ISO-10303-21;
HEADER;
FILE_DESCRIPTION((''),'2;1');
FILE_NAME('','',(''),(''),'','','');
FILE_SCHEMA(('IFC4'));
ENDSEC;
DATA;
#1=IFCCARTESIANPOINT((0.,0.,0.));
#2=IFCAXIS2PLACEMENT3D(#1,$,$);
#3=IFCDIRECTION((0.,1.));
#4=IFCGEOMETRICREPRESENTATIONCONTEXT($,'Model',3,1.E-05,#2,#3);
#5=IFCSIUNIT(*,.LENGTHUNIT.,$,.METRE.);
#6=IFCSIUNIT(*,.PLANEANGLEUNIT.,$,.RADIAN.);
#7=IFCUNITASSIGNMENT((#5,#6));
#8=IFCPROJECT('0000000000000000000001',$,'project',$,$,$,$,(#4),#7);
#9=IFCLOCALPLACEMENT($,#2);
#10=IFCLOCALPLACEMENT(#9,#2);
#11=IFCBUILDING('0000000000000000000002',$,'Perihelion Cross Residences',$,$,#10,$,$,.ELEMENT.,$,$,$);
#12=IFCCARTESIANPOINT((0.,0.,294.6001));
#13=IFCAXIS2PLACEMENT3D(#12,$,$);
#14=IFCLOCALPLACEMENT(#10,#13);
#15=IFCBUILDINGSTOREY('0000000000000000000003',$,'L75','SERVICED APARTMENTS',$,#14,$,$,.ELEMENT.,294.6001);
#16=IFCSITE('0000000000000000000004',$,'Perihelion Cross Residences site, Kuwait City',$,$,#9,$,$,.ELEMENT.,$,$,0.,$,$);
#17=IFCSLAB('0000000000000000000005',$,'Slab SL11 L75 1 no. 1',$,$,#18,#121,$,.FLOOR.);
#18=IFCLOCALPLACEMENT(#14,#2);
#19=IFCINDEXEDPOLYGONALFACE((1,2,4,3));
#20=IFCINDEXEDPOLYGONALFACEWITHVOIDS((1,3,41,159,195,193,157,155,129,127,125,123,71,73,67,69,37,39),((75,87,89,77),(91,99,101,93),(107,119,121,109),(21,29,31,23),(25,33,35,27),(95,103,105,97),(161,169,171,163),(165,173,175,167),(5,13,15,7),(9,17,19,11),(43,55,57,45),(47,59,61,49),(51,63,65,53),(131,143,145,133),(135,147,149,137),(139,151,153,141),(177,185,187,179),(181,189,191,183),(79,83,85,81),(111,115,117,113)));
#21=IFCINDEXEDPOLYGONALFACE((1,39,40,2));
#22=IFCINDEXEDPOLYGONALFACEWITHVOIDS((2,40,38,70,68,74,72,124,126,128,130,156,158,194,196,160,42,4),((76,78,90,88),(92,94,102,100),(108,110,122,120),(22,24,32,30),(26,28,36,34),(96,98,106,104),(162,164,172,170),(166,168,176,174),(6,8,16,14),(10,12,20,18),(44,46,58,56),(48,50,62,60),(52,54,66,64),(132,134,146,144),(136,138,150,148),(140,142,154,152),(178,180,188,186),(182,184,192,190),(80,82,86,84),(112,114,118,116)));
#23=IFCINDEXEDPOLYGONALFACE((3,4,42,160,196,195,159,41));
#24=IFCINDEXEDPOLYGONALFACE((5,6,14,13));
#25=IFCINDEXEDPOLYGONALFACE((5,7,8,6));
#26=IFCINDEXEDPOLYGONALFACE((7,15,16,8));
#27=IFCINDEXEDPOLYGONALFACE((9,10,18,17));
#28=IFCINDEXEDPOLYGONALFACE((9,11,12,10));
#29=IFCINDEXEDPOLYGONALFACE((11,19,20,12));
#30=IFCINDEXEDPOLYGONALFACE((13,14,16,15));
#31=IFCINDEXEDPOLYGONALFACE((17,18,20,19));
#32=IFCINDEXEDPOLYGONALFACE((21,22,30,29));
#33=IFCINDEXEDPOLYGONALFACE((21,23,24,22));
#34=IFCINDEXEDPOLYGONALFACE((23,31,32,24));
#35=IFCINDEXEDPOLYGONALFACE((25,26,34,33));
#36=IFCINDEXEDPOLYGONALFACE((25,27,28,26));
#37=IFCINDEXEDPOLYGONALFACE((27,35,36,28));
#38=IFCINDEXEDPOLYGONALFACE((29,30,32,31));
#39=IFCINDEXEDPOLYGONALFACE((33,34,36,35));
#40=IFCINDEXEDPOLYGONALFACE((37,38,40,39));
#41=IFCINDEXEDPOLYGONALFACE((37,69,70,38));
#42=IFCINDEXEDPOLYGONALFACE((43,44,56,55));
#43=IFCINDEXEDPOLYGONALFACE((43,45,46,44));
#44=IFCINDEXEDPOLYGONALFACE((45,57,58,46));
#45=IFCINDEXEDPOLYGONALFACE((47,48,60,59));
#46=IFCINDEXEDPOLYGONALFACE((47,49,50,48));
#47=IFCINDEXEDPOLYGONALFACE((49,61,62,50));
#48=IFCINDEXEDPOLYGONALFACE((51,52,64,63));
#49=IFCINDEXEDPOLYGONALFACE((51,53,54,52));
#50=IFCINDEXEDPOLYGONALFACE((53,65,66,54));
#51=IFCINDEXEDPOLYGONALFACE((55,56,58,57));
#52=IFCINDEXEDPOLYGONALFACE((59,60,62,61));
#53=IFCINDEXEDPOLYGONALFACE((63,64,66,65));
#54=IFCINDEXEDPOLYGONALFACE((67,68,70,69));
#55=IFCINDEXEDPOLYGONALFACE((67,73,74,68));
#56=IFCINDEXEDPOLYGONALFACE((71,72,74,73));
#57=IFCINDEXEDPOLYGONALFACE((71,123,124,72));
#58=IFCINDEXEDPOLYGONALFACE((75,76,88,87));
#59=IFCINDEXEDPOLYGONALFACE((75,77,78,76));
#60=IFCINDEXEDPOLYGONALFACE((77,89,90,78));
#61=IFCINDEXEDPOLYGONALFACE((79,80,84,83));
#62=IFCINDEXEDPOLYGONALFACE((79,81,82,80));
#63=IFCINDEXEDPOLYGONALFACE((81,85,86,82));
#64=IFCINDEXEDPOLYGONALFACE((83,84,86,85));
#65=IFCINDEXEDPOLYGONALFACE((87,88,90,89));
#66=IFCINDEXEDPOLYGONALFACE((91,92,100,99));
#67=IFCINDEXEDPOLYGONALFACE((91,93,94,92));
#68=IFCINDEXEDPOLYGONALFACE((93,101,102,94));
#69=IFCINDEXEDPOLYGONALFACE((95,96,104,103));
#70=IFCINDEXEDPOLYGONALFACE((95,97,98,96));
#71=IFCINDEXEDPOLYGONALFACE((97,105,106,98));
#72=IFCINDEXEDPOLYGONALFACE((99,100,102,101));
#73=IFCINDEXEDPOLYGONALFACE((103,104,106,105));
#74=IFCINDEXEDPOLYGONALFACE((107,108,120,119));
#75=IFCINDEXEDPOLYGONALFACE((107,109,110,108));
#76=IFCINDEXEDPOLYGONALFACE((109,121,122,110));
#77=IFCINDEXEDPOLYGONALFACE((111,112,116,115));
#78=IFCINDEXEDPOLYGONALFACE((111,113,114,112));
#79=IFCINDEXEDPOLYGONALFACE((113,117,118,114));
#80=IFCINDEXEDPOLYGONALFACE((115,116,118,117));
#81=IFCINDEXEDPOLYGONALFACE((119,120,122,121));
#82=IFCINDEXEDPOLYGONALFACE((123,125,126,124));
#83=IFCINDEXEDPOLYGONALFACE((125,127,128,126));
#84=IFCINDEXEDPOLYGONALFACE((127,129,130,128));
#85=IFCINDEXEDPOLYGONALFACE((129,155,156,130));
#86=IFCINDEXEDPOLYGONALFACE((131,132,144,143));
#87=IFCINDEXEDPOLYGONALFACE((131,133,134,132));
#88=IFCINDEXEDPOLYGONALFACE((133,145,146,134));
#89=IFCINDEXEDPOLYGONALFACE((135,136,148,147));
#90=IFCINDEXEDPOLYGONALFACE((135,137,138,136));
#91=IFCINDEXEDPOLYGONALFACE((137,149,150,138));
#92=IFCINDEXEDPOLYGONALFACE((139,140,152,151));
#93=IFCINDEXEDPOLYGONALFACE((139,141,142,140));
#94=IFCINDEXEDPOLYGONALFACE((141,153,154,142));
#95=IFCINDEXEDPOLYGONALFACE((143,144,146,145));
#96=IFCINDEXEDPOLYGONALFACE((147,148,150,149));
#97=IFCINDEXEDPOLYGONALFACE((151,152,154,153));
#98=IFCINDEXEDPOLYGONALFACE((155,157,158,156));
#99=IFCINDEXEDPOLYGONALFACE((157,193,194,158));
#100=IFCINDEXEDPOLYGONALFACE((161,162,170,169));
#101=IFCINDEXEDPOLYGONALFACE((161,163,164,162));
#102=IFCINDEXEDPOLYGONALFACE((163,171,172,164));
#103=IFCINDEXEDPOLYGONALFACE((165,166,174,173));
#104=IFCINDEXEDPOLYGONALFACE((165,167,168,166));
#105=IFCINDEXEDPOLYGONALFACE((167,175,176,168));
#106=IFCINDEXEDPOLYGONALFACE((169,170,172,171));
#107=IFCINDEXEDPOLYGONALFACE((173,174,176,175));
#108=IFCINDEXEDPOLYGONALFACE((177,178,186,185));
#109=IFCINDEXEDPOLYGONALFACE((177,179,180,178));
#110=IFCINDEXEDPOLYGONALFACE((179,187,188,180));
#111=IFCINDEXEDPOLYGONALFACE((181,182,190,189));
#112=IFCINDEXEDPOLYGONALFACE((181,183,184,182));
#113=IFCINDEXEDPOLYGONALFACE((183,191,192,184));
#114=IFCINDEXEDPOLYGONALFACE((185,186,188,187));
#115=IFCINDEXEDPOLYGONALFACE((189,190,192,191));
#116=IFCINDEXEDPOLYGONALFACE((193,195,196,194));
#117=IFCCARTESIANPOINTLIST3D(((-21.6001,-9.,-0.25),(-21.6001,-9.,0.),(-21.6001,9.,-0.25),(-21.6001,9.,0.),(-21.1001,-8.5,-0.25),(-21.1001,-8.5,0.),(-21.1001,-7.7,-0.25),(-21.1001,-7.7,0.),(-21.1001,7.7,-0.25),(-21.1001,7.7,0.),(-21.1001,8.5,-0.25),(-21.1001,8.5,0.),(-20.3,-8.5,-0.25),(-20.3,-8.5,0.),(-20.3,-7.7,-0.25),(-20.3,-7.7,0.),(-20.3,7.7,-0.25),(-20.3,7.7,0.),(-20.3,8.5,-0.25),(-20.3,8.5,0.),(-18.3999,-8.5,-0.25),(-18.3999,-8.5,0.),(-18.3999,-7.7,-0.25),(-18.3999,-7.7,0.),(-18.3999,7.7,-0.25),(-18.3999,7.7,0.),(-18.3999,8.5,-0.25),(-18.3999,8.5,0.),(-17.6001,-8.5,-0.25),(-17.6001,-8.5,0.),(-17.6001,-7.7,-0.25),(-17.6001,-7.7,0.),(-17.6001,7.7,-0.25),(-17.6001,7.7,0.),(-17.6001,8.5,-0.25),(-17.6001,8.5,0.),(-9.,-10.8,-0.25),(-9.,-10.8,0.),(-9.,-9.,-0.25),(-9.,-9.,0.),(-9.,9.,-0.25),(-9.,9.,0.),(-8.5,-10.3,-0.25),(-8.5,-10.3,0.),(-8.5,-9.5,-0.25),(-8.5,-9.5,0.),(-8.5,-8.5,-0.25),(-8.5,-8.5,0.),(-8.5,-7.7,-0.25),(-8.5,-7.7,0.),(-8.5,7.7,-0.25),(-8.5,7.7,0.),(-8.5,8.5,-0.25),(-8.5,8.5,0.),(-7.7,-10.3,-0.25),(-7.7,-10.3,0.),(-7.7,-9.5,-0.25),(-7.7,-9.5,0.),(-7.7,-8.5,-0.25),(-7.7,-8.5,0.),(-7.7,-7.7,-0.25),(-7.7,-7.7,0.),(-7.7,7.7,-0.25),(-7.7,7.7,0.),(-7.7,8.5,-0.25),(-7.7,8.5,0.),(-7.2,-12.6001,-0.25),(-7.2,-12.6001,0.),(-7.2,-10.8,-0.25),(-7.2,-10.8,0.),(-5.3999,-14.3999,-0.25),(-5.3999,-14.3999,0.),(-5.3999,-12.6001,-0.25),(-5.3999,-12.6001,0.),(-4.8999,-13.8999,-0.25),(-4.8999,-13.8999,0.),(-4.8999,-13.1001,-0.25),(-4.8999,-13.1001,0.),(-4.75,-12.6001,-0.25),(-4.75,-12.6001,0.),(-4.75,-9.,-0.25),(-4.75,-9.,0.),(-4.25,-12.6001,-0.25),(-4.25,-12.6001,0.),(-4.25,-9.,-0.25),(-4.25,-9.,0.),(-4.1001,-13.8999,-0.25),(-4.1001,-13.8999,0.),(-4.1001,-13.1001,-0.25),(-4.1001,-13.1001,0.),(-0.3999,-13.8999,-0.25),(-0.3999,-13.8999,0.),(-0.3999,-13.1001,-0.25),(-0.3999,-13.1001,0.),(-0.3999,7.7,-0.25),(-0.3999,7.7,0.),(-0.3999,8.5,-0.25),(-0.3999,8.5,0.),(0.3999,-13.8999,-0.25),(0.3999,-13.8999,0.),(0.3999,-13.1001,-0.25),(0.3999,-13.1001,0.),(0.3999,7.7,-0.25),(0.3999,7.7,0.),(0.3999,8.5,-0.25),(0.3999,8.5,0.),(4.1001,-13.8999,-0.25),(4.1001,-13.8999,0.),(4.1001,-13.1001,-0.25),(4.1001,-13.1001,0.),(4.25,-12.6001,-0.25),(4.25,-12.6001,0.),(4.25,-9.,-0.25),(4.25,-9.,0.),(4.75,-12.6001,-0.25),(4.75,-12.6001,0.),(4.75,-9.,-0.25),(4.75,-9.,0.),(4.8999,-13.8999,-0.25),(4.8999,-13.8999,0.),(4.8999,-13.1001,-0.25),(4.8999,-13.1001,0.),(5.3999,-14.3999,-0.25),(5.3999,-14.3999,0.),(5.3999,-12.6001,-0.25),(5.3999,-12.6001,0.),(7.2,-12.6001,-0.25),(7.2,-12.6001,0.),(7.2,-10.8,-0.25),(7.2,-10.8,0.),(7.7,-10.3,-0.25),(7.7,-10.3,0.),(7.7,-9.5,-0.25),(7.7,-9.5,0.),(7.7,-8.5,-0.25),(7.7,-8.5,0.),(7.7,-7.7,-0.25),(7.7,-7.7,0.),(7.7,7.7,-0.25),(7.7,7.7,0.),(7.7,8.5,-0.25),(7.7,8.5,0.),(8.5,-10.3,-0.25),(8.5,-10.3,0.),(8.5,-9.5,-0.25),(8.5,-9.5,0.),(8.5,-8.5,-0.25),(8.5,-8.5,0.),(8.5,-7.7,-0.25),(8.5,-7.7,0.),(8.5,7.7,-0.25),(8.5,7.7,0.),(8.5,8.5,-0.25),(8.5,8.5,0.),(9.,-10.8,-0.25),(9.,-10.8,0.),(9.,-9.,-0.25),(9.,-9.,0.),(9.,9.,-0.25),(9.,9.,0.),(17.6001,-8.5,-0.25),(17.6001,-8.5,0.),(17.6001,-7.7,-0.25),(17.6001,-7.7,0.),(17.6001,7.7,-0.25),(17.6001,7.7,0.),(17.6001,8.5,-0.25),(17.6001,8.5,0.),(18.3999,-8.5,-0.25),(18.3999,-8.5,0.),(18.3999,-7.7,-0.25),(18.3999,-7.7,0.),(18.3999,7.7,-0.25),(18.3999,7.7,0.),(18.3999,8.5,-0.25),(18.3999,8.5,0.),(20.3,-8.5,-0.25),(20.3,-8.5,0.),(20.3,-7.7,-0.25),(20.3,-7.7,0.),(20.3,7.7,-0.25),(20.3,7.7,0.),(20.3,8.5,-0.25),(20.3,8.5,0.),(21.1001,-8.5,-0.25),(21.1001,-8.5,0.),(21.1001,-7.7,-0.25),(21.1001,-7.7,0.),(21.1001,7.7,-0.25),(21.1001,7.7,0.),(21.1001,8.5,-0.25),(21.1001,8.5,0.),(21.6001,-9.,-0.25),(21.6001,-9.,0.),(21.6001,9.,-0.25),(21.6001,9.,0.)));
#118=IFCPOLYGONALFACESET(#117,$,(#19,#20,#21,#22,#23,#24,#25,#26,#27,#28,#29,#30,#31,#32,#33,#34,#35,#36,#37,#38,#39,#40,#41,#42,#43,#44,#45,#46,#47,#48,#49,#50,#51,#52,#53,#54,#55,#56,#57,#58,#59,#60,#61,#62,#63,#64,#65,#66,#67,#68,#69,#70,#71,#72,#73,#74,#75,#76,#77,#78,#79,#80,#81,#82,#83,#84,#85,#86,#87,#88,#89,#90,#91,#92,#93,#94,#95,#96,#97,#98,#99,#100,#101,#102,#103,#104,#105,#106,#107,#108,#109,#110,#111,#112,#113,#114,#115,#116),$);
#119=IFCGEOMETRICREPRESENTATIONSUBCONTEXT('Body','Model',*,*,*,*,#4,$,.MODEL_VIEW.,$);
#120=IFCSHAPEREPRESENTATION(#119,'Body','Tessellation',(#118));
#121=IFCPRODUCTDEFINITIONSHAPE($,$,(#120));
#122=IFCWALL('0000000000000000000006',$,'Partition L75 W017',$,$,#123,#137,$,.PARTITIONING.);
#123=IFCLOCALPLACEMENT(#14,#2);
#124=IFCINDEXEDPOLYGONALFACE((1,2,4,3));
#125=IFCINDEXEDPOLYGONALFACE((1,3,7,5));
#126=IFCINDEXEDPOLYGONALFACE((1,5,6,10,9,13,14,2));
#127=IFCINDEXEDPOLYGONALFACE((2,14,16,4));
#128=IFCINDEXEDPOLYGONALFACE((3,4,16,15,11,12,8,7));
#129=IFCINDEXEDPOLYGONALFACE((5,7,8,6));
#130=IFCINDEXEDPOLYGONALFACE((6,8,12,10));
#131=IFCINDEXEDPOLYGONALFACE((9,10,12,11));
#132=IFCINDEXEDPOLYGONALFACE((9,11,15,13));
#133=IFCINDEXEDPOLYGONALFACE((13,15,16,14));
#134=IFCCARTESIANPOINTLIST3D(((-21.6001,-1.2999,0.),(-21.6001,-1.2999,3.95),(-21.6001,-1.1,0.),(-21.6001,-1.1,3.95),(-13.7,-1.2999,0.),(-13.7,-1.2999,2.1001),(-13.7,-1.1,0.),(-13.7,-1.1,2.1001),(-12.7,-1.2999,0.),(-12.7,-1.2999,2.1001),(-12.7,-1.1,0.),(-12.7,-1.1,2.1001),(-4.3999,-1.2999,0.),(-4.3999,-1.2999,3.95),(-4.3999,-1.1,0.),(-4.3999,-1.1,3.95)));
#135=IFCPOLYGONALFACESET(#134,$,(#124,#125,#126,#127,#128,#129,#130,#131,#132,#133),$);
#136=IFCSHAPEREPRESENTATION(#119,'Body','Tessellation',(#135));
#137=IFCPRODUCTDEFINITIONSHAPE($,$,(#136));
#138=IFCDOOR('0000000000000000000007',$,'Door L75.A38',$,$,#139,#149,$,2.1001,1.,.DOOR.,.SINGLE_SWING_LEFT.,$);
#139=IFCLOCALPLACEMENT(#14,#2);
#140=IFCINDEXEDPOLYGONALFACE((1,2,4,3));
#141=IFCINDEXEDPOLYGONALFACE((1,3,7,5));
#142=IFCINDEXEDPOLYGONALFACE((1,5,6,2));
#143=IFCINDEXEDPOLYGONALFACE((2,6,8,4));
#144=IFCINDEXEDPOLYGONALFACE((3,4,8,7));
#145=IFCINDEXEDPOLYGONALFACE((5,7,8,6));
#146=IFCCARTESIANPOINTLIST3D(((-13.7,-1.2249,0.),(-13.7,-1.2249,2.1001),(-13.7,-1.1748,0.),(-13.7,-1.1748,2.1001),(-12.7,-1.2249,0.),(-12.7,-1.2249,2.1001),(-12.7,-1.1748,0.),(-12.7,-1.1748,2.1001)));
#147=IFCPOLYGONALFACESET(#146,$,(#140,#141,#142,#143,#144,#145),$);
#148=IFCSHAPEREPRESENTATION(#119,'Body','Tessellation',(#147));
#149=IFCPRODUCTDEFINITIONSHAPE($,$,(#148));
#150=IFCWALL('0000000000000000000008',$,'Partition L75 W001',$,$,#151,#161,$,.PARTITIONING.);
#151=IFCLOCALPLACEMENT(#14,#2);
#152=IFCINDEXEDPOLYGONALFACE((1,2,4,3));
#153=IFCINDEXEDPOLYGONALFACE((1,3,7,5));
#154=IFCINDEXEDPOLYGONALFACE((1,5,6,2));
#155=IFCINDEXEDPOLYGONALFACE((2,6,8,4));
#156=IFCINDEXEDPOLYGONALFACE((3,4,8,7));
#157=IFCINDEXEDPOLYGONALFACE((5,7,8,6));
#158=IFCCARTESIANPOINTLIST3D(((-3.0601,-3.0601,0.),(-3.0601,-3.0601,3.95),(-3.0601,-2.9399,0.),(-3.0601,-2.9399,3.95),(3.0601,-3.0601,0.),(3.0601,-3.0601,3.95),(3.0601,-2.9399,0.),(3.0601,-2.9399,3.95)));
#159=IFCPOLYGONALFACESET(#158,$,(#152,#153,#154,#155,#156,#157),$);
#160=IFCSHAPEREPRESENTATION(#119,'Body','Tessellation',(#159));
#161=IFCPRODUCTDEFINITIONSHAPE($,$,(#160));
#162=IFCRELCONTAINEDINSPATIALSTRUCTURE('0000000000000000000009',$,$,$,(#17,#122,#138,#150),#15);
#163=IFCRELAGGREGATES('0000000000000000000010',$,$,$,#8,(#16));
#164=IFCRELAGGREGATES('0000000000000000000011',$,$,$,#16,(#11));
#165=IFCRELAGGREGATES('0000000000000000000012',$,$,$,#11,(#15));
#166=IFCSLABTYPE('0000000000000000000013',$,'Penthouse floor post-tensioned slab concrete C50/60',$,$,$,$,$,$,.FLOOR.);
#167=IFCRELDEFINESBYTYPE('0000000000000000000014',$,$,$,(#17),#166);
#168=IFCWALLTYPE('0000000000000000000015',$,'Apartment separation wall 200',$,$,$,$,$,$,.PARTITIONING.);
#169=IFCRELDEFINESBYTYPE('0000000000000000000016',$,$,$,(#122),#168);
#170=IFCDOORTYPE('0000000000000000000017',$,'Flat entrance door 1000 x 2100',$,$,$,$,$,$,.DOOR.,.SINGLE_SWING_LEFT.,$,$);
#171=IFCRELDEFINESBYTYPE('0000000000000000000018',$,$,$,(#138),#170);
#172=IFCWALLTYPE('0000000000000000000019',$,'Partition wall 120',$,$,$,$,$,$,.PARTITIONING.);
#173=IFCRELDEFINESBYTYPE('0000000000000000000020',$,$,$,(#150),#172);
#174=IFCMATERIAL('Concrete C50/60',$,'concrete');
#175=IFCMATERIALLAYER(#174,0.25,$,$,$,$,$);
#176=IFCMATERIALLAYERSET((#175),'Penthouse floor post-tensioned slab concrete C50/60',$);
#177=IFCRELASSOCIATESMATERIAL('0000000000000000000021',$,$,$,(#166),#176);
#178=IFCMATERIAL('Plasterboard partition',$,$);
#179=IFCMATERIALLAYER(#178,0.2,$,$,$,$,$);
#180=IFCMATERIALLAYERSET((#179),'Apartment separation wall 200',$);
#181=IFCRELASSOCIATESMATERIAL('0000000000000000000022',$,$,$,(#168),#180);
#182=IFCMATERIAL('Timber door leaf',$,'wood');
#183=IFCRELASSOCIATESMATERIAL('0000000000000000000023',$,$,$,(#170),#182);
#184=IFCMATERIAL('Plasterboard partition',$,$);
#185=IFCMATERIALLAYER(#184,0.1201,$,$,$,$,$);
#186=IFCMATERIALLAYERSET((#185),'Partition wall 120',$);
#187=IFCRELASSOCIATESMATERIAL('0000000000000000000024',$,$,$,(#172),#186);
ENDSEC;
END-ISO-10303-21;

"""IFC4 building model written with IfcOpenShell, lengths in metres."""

from ifc_helpers import new_model, si_unit, direction, frame, frame_2d, origin, place, context, subcontext, project, spatial, polyline, rectangle, outline, extrude, material, layer, layer_set, type_object, element, fill, save


model = new_model("IFC4")

# Units and contexts
model_context = context("Model", 3, precision=1e-05, world=origin(), true_north=direction((0.0, 1.0)))
body_context = subcontext(model_context, "Body", "Model", "MODEL_VIEW")
ifc_project = project(units=[si_unit("LENGTHUNIT", "METRE"), si_unit("PLANEANGLEUNIT", "RADIAN")], contexts=[model_context])

# Site, building, storey
site_placement = place(None, origin())
site = spatial("IfcSite", under=ifc_project, at=site_placement, Name="Perihelion Cross Residences site, Kuwait City", CompositionType="ELEMENT", RefElevation=0.0)
building_placement = place(site_placement, origin())
building = spatial("IfcBuilding", under=site, at=building_placement, Name="Perihelion Cross Residences", CompositionType="ELEMENT")
storey_placement = place(building_placement, frame((0.0, 0.0, 294.6001)))
storey = spatial("IfcBuildingStorey", under=building, at=storey_placement, Name="L75", Description="SERVICED APARTMENTS", CompositionType="ELEMENT", Elevation=294.6001)

# Slab
ifc_material_1 = material(Name="Concrete C50/60", Category="concrete")
ifc_layer_1 = layer(ifc_material_1, 0.25)
ifc_layer_set_1 = layer_set([ifc_layer_1], Name="Penthouse floor post-tensioned slab concrete C50/60")
slab_type_1 = type_object("IfcSlabType", Name="Penthouse floor post-tensioned slab concrete C50/60", PredefinedType="FLOOR", material=ifc_layer_set_1)
slab_1_placement = place(storey_placement, frame((0.0, 0.0, -0.25)))
element("IfcSlab", 1, at=slab_1_placement, inside=storey, type_object=slab_type_1, Name="Slab SL11 L75 1 no. 1", PredefinedType="FLOOR", context=body_context, shape_type="SweptSolid", body=[
    extrude(outline(polyline([(-9.0, 9.0), (9.0, 9.0), (21.6001, 9.0), (21.6001, -9.0), (9.0, -9.0), (9.0, -10.8), (7.2, -10.8), (7.2, -12.6001), (5.3999, -12.6001), (5.3999, -14.3999), (-5.3999, -14.3999), (-5.3999, -12.6001), (-7.2, -12.6001), (-7.2, -10.8), (-9.0, -10.8), (-9.0, -9.0), (-21.6001, -9.0), (-21.6001, 9.0), (-9.0, 9.0)]), holes=[polyline([(-4.1001, -13.1001), (-4.8999, -13.1001), (-4.8999, -13.8999), (-4.1001, -13.8999), (-4.1001, -13.1001)]), polyline([(0.3999, -13.1001), (-0.3999, -13.1001), (-0.3999, -13.8999), (0.3999, -13.8999), (0.3999, -13.1001)]), polyline([(-4.25, -9.0), (-4.75, -9.0), (-4.75, -12.6001), (-4.25, -12.6001), (-4.25, -9.0)]), polyline([(-7.7, -10.3), (-7.7, -9.5), (-8.5, -9.5), (-8.5, -10.3), (-7.7, -10.3)]), polyline([(-20.3, -8.5), (-20.3, -7.7), (-21.1001, -7.7), (-21.1001, -8.5), (-20.3, -8.5)]), polyline([(-17.6001, -7.7), (-18.3999, -7.7), (-18.3999, -8.5), (-17.6001, -8.5), (-17.6001, -7.7)]), polyline([(-7.7, -8.5), (-7.7, -7.7), (-8.5, -7.7), (-8.5, -8.5), (-7.7, -8.5)]), polyline([(-20.3, 8.5), (-21.1001, 8.5), (-21.1001, 7.7), (-20.3, 7.7), (-20.3, 8.5)]), polyline([(-17.6001, 7.7), (-17.6001, 8.5), (-18.3999, 8.5), (-18.3999, 7.7), (-17.6001, 7.7)]), polyline([(-7.7, 7.7), (-7.7, 8.5), (-8.5, 8.5), (-8.5, 7.7), (-7.7, 7.7)]), polyline([(4.8999, -13.1001), (4.1001, -13.1001), (4.1001, -13.8999), (4.8999, -13.8999), (4.8999, -13.1001)]), polyline([(4.75, -9.0), (4.25, -9.0), (4.25, -12.6001), (4.75, -12.6001), (4.75, -9.0)]), polyline([(8.5, -9.5), (7.7, -9.5), (7.7, -10.3), (8.5, -10.3), (8.5, -9.5)]), polyline([(8.5, -8.5), (8.5, -7.7), (7.7, -7.7), (7.7, -8.5), (8.5, -8.5)]), polyline([(18.3999, -8.5), (18.3999, -7.7), (17.6001, -7.7), (17.6001, -8.5), (18.3999, -8.5)]), polyline([(21.1001, -7.7), (20.3, -7.7), (20.3, -8.5), (21.1001, -8.5), (21.1001, -7.7)]), polyline([(0.3999, 7.7), (0.3999, 8.5), (-0.3999, 8.5), (-0.3999, 7.7), (0.3999, 7.7)]), polyline([(8.5, 8.5), (7.7, 8.5), (7.7, 7.7), (8.5, 7.7), (8.5, 8.5)]), polyline([(18.3999, 7.7), (18.3999, 8.5), (17.6001, 8.5), (17.6001, 7.7), (18.3999, 7.7)]), polyline([(21.1001, 7.7), (21.1001, 8.5), (20.3, 8.5), (20.3, 7.7), (21.1001, 7.7)])]), origin(), (0.0, 0.0, 1.0), 0.25),
])

# Wall, opening, door
ifc_material_2 = material(Name="Plasterboard partition")
ifc_layer_2 = layer(ifc_material_2, 0.2)
ifc_layer_set_2 = layer_set([ifc_layer_2], Name="Apartment separation wall 200")
wall_type_1 = type_object("IfcWallType", Name="Apartment separation wall 200", PredefinedType="PARTITIONING", material=ifc_layer_set_2)
wall_1_placement = place(storey_placement, frame((-4.3999, -1.2, 0.0), z_axis=(0.0, 0.0, 1.0), x_axis=(-1.0, 0.0, 0.0)))
wall_1 = element("IfcWall", 2, at=wall_1_placement, inside=storey, type_object=wall_type_1, Name="Partition L75 W017", PredefinedType="PARTITIONING", context=body_context, shape_type="SweptSolid", body=[
    extrude(rectangle(XDim=17.2002, YDim=0.2, at=frame_2d((8.6001, 0.0))), origin(), (0.0, 0.0, 1.0), 3.95),
])
opening_1_placement = place(wall_1_placement, frame((8.3, 0.0, 0.0)))
opening_1 = element("IfcOpeningElement", 3, at=opening_1_placement, cuts=wall_1, PredefinedType="OPENING", context=body_context, shape_type="SweptSolid", body=[
    extrude(rectangle(XDim=1.0, YDim=2.1001, at=frame_2d((0.5, 1.05))), frame((0.0, 0.1099, 0.0), z_axis=(0.0, -1.0, 0.0), x_axis=(1.0, 0.0, 0.0)), (0.0, 0.0, 1.0), 0.22),
])
ifc_material_3 = material(Name="Timber door leaf", Category="wood")
door_type_1 = type_object("IfcDoorType", Name="Flat entrance door 1000 x 2100", OperationType="SINGLE_SWING_LEFT", PredefinedType="DOOR", material=ifc_material_3)
door_1_placement = place(opening_1_placement, origin())
door_1 = element("IfcDoor", 4, at=door_1_placement, inside=storey, type_object=door_type_1, Name="Door L75.A38", OperationType="SINGLE_SWING_LEFT", OverallHeight=2.1001, OverallWidth=1.0, PredefinedType="DOOR", context=body_context, shape_type="SweptSolid", body=[
    extrude(rectangle(XDim=1.0, YDim=2.1001, at=frame_2d((0.5, 1.05))), frame((0.0, 0.0249, 0.0), z_axis=(0.0, -1.0, 0.0), x_axis=(1.0, 0.0, 0.0)), (0.0, 0.0, 1.0), 0.05),
])
fill(opening_1, door_1)

# Wall
ifc_material_4 = material(Name="Plasterboard partition")
ifc_layer_3 = layer(ifc_material_4, 0.1201)
ifc_layer_set_3 = layer_set([ifc_layer_3], Name="Partition wall 120")
wall_type_2 = type_object("IfcWallType", Name="Partition wall 120", PredefinedType="PARTITIONING", material=ifc_layer_set_3)
wall_2_placement = place(storey_placement, frame((-3.0601, -3.0, 0.0), z_axis=(0.0, 0.0, 1.0), x_axis=(1.0, 0.0, 0.0)))
element("IfcWall", 5, at=wall_2_placement, inside=storey, type_object=wall_type_2, Name="Partition L75 W001", PredefinedType="PARTITIONING", context=body_context, shape_type="SweptSolid", body=[
    extrude(rectangle(XDim=6.1201, YDim=0.1201, at=frame_2d((3.0601, 0.0))), origin(), (0.0, 0.0, 1.0), 3.95),
])

save(model, "model.ifc")
